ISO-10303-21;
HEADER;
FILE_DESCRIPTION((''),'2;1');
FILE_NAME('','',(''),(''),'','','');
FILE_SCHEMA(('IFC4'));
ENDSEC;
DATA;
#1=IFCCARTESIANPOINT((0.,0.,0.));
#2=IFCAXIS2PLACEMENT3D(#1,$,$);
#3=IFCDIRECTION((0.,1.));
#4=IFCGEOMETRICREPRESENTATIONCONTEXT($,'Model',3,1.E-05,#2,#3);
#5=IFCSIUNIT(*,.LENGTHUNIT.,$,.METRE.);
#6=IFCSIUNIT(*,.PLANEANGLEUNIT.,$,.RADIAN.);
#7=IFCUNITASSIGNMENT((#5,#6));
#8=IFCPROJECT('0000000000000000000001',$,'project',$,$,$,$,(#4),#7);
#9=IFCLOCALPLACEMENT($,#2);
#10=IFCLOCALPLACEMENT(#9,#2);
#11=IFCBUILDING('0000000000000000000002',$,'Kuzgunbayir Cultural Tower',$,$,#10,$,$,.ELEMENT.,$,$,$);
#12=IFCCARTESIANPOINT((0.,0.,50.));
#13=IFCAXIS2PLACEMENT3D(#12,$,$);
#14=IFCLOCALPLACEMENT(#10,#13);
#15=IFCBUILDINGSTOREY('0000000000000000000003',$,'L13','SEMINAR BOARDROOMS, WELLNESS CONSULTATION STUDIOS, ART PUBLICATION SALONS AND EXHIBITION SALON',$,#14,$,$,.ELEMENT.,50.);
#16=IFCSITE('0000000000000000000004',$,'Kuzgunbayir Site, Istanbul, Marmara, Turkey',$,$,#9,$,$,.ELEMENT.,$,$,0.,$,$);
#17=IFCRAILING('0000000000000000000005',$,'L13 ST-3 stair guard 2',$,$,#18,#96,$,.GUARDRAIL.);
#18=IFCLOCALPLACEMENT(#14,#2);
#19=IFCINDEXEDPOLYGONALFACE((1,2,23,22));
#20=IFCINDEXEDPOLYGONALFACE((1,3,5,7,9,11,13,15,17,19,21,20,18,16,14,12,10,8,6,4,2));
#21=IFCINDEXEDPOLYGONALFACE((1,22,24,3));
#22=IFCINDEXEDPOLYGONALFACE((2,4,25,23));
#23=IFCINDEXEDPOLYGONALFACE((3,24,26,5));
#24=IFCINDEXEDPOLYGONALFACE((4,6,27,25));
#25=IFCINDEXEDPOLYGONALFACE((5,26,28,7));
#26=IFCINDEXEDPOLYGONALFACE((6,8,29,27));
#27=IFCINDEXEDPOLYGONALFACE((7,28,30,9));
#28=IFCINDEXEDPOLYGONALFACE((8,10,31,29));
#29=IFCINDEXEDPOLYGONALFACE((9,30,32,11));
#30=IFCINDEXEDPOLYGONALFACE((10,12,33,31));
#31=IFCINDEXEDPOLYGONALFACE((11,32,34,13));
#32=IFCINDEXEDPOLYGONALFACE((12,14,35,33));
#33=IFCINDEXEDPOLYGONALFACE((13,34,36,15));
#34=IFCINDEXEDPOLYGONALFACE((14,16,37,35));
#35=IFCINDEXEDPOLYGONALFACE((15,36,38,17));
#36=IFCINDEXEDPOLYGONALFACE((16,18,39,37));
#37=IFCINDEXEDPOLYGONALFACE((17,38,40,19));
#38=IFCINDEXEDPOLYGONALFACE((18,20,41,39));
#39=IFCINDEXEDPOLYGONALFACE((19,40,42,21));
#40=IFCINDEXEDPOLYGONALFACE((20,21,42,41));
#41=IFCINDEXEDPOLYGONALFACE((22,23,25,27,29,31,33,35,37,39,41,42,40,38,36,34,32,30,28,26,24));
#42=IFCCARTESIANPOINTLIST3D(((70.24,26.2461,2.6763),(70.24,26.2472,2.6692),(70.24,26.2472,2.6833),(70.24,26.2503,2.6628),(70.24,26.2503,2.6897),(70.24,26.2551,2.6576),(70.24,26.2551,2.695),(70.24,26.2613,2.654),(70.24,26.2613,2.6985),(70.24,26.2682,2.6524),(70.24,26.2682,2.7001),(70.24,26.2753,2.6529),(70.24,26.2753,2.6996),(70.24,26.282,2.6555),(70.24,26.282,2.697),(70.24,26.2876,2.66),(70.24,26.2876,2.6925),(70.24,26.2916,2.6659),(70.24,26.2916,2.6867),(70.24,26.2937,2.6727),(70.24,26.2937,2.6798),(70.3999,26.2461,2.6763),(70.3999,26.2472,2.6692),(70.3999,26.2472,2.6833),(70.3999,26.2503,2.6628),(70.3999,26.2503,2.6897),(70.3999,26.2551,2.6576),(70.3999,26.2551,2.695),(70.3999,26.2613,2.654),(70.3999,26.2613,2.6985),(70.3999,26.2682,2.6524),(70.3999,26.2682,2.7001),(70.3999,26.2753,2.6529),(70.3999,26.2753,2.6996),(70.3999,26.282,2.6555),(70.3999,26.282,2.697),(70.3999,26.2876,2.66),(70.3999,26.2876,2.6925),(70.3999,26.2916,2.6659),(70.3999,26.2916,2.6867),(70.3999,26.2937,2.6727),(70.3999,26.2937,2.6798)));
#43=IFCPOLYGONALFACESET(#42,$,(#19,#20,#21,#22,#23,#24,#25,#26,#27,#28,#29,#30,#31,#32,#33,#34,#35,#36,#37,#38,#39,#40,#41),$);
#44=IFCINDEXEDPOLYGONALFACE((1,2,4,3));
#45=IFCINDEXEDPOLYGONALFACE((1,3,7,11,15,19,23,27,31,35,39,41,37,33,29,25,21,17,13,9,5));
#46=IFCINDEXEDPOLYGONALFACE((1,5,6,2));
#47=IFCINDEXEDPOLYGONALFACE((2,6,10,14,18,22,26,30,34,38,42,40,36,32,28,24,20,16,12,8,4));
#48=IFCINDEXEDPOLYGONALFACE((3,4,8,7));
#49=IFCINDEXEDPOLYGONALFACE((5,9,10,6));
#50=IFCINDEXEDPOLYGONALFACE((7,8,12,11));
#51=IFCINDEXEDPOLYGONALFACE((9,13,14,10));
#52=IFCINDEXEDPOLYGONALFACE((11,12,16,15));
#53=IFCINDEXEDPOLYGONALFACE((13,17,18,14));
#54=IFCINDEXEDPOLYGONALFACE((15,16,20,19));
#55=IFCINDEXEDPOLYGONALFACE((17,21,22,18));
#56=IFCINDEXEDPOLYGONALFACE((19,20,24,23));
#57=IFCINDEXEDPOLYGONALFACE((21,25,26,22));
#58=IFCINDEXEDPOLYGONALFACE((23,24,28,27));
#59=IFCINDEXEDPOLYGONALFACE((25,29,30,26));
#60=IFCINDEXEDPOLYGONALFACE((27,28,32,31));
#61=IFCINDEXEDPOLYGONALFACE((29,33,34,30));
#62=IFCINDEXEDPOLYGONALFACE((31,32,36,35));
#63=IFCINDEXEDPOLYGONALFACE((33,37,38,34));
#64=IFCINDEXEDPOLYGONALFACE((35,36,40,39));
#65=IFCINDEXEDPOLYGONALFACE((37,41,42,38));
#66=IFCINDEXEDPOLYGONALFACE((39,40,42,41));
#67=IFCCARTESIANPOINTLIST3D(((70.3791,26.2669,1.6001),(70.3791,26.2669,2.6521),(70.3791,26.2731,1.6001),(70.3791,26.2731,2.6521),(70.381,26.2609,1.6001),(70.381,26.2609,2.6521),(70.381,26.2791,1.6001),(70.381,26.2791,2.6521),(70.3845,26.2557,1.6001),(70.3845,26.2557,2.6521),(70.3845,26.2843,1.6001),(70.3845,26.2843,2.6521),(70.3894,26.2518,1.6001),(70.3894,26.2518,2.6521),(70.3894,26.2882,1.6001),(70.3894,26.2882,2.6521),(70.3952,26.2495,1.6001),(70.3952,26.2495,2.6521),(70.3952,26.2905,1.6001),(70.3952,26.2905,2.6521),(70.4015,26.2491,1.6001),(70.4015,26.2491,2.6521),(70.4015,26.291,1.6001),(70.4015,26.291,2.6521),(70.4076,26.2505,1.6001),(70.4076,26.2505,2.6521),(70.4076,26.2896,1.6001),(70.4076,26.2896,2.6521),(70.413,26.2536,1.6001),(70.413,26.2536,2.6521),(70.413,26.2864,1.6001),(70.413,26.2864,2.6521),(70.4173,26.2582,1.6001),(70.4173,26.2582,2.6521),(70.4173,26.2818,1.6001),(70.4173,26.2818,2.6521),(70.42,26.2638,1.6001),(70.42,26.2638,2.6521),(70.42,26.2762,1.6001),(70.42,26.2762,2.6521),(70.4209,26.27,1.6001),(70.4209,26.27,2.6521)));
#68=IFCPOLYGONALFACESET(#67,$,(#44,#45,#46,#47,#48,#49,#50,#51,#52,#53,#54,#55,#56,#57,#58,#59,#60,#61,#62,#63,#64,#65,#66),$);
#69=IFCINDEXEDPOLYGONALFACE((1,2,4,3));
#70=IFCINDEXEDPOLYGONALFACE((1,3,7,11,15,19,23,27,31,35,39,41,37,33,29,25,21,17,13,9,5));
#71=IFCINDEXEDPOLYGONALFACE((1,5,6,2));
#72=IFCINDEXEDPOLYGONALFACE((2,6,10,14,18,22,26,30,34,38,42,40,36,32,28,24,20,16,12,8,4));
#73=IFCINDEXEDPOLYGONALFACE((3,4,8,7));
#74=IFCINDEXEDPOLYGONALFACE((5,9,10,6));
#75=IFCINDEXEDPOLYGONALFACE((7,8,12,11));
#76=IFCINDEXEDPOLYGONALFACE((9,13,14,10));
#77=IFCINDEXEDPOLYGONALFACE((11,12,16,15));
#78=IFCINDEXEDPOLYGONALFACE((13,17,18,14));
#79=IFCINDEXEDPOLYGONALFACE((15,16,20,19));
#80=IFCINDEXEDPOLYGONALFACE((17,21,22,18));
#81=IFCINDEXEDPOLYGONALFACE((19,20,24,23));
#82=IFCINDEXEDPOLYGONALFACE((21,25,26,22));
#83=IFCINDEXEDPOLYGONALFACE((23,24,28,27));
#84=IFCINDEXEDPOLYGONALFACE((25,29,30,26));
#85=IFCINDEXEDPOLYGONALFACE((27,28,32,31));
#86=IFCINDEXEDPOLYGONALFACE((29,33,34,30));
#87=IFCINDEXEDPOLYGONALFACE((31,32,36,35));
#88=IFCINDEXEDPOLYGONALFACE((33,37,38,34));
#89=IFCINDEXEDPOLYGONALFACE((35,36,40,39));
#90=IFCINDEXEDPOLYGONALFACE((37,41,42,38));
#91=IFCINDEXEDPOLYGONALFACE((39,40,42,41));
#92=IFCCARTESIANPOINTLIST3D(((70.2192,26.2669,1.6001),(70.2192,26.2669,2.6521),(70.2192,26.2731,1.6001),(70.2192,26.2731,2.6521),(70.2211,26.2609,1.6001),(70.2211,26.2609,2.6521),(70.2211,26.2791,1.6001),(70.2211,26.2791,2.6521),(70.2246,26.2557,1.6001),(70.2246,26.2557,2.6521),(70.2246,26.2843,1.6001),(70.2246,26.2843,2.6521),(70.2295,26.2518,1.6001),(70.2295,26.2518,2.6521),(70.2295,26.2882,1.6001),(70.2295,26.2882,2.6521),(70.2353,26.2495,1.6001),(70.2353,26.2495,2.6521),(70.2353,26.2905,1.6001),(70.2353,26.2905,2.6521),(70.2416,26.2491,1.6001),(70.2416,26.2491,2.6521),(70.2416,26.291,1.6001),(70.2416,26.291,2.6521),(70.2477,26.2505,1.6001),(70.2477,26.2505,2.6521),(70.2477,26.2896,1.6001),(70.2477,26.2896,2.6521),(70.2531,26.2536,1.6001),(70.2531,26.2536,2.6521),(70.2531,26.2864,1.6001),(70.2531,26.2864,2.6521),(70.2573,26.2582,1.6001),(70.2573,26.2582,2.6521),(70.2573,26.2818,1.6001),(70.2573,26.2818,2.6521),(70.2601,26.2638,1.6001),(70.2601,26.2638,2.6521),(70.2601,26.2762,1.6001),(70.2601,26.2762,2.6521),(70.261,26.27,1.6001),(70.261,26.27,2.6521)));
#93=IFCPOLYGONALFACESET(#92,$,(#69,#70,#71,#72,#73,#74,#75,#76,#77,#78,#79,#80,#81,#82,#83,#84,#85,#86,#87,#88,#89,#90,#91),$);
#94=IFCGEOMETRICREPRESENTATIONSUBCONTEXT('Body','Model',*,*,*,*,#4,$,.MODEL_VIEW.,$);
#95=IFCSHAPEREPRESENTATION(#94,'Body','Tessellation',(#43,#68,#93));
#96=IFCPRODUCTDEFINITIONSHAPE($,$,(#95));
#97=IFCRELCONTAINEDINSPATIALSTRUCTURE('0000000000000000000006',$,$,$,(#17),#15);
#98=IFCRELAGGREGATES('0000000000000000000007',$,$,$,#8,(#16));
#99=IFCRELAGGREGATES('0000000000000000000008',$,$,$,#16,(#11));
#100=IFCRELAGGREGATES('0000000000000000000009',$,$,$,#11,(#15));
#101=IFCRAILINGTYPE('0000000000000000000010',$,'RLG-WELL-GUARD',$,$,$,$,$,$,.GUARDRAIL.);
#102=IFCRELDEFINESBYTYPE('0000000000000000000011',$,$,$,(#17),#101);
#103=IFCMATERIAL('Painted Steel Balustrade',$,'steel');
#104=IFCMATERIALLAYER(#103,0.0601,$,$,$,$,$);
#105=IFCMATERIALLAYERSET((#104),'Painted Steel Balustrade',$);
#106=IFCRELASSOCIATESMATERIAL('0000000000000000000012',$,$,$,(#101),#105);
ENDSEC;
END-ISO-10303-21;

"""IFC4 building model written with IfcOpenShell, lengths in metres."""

from ifc_helpers import new_model, si_unit, direction, frame, origin, origin_2d, place, context, subcontext, project, spatial, circle, extrude, material, layer, layer_set, type_object, element, save


model = new_model("IFC4")

# Units and contexts
model_context = context("Model", 3, precision=1e-05, world=origin(), true_north=direction((0.0, 1.0)))
body_context = subcontext(model_context, "Body", "Model", "MODEL_VIEW")
ifc_project = project(units=[si_unit("LENGTHUNIT", "METRE"), si_unit("PLANEANGLEUNIT", "RADIAN")], contexts=[model_context])

# Site, building, storey
site_placement = place(None, origin())
site = spatial("IfcSite", under=ifc_project, at=site_placement, Name="Kuzgunbayir Site, Istanbul, Marmara, Turkey", CompositionType="ELEMENT", RefElevation=0.0)
building_placement = place(site_placement, origin())
building = spatial("IfcBuilding", under=site, at=building_placement, Name="Kuzgunbayir Cultural Tower", CompositionType="ELEMENT")
storey_placement = place(building_placement, frame((0.0, 0.0, 50.0)))
storey = spatial("IfcBuildingStorey", under=building, at=storey_placement, Name="L13", Description="SEMINAR BOARDROOMS, WELLNESS CONSULTATION STUDIOS, ART PUBLICATION SALONS AND EXHIBITION SALON", CompositionType="ELEMENT", Elevation=50.0)

# Railing
ifc_material_1 = material(Name="Painted Steel Balustrade", Category="steel")
ifc_layer_1 = layer(ifc_material_1, 0.0601)
ifc_layer_set_1 = layer_set([ifc_layer_1], Name="Painted Steel Balustrade")
railing_type_1 = type_object("IfcRailingType", Name="RLG-WELL-GUARD", PredefinedType="GUARDRAIL", material=ifc_layer_set_1)
railing_1_placement = place(storey_placement, frame((70.3999, 26.27, 1.6001)))
element("IfcRailing", 1, at=railing_1_placement, inside=storey, type_object=railing_type_1, Name="L13 ST-3 stair guard 2", PredefinedType="GUARDRAIL", context=body_context, shape_type="SweptSolid", body=[
    extrude(circle(Radius=0.0239, at=origin_2d()), frame((0.0, 0.0, 1.0762), z_axis=(-1.0, 0.0, 0.0), x_axis=(0.0, -1.0, 0.0)), (0.0, 0.0, 1.0), 0.1599),
    extrude(circle(Radius=0.021, at=origin_2d()), origin(), (0.0, 0.0, 1.0), 1.052),
    extrude(circle(Radius=0.021, at=origin_2d()), frame((-0.1599, 0.0, 0.0)), (0.0, 0.0, 1.0), 1.052),
])

save(model, "model.ifc")
